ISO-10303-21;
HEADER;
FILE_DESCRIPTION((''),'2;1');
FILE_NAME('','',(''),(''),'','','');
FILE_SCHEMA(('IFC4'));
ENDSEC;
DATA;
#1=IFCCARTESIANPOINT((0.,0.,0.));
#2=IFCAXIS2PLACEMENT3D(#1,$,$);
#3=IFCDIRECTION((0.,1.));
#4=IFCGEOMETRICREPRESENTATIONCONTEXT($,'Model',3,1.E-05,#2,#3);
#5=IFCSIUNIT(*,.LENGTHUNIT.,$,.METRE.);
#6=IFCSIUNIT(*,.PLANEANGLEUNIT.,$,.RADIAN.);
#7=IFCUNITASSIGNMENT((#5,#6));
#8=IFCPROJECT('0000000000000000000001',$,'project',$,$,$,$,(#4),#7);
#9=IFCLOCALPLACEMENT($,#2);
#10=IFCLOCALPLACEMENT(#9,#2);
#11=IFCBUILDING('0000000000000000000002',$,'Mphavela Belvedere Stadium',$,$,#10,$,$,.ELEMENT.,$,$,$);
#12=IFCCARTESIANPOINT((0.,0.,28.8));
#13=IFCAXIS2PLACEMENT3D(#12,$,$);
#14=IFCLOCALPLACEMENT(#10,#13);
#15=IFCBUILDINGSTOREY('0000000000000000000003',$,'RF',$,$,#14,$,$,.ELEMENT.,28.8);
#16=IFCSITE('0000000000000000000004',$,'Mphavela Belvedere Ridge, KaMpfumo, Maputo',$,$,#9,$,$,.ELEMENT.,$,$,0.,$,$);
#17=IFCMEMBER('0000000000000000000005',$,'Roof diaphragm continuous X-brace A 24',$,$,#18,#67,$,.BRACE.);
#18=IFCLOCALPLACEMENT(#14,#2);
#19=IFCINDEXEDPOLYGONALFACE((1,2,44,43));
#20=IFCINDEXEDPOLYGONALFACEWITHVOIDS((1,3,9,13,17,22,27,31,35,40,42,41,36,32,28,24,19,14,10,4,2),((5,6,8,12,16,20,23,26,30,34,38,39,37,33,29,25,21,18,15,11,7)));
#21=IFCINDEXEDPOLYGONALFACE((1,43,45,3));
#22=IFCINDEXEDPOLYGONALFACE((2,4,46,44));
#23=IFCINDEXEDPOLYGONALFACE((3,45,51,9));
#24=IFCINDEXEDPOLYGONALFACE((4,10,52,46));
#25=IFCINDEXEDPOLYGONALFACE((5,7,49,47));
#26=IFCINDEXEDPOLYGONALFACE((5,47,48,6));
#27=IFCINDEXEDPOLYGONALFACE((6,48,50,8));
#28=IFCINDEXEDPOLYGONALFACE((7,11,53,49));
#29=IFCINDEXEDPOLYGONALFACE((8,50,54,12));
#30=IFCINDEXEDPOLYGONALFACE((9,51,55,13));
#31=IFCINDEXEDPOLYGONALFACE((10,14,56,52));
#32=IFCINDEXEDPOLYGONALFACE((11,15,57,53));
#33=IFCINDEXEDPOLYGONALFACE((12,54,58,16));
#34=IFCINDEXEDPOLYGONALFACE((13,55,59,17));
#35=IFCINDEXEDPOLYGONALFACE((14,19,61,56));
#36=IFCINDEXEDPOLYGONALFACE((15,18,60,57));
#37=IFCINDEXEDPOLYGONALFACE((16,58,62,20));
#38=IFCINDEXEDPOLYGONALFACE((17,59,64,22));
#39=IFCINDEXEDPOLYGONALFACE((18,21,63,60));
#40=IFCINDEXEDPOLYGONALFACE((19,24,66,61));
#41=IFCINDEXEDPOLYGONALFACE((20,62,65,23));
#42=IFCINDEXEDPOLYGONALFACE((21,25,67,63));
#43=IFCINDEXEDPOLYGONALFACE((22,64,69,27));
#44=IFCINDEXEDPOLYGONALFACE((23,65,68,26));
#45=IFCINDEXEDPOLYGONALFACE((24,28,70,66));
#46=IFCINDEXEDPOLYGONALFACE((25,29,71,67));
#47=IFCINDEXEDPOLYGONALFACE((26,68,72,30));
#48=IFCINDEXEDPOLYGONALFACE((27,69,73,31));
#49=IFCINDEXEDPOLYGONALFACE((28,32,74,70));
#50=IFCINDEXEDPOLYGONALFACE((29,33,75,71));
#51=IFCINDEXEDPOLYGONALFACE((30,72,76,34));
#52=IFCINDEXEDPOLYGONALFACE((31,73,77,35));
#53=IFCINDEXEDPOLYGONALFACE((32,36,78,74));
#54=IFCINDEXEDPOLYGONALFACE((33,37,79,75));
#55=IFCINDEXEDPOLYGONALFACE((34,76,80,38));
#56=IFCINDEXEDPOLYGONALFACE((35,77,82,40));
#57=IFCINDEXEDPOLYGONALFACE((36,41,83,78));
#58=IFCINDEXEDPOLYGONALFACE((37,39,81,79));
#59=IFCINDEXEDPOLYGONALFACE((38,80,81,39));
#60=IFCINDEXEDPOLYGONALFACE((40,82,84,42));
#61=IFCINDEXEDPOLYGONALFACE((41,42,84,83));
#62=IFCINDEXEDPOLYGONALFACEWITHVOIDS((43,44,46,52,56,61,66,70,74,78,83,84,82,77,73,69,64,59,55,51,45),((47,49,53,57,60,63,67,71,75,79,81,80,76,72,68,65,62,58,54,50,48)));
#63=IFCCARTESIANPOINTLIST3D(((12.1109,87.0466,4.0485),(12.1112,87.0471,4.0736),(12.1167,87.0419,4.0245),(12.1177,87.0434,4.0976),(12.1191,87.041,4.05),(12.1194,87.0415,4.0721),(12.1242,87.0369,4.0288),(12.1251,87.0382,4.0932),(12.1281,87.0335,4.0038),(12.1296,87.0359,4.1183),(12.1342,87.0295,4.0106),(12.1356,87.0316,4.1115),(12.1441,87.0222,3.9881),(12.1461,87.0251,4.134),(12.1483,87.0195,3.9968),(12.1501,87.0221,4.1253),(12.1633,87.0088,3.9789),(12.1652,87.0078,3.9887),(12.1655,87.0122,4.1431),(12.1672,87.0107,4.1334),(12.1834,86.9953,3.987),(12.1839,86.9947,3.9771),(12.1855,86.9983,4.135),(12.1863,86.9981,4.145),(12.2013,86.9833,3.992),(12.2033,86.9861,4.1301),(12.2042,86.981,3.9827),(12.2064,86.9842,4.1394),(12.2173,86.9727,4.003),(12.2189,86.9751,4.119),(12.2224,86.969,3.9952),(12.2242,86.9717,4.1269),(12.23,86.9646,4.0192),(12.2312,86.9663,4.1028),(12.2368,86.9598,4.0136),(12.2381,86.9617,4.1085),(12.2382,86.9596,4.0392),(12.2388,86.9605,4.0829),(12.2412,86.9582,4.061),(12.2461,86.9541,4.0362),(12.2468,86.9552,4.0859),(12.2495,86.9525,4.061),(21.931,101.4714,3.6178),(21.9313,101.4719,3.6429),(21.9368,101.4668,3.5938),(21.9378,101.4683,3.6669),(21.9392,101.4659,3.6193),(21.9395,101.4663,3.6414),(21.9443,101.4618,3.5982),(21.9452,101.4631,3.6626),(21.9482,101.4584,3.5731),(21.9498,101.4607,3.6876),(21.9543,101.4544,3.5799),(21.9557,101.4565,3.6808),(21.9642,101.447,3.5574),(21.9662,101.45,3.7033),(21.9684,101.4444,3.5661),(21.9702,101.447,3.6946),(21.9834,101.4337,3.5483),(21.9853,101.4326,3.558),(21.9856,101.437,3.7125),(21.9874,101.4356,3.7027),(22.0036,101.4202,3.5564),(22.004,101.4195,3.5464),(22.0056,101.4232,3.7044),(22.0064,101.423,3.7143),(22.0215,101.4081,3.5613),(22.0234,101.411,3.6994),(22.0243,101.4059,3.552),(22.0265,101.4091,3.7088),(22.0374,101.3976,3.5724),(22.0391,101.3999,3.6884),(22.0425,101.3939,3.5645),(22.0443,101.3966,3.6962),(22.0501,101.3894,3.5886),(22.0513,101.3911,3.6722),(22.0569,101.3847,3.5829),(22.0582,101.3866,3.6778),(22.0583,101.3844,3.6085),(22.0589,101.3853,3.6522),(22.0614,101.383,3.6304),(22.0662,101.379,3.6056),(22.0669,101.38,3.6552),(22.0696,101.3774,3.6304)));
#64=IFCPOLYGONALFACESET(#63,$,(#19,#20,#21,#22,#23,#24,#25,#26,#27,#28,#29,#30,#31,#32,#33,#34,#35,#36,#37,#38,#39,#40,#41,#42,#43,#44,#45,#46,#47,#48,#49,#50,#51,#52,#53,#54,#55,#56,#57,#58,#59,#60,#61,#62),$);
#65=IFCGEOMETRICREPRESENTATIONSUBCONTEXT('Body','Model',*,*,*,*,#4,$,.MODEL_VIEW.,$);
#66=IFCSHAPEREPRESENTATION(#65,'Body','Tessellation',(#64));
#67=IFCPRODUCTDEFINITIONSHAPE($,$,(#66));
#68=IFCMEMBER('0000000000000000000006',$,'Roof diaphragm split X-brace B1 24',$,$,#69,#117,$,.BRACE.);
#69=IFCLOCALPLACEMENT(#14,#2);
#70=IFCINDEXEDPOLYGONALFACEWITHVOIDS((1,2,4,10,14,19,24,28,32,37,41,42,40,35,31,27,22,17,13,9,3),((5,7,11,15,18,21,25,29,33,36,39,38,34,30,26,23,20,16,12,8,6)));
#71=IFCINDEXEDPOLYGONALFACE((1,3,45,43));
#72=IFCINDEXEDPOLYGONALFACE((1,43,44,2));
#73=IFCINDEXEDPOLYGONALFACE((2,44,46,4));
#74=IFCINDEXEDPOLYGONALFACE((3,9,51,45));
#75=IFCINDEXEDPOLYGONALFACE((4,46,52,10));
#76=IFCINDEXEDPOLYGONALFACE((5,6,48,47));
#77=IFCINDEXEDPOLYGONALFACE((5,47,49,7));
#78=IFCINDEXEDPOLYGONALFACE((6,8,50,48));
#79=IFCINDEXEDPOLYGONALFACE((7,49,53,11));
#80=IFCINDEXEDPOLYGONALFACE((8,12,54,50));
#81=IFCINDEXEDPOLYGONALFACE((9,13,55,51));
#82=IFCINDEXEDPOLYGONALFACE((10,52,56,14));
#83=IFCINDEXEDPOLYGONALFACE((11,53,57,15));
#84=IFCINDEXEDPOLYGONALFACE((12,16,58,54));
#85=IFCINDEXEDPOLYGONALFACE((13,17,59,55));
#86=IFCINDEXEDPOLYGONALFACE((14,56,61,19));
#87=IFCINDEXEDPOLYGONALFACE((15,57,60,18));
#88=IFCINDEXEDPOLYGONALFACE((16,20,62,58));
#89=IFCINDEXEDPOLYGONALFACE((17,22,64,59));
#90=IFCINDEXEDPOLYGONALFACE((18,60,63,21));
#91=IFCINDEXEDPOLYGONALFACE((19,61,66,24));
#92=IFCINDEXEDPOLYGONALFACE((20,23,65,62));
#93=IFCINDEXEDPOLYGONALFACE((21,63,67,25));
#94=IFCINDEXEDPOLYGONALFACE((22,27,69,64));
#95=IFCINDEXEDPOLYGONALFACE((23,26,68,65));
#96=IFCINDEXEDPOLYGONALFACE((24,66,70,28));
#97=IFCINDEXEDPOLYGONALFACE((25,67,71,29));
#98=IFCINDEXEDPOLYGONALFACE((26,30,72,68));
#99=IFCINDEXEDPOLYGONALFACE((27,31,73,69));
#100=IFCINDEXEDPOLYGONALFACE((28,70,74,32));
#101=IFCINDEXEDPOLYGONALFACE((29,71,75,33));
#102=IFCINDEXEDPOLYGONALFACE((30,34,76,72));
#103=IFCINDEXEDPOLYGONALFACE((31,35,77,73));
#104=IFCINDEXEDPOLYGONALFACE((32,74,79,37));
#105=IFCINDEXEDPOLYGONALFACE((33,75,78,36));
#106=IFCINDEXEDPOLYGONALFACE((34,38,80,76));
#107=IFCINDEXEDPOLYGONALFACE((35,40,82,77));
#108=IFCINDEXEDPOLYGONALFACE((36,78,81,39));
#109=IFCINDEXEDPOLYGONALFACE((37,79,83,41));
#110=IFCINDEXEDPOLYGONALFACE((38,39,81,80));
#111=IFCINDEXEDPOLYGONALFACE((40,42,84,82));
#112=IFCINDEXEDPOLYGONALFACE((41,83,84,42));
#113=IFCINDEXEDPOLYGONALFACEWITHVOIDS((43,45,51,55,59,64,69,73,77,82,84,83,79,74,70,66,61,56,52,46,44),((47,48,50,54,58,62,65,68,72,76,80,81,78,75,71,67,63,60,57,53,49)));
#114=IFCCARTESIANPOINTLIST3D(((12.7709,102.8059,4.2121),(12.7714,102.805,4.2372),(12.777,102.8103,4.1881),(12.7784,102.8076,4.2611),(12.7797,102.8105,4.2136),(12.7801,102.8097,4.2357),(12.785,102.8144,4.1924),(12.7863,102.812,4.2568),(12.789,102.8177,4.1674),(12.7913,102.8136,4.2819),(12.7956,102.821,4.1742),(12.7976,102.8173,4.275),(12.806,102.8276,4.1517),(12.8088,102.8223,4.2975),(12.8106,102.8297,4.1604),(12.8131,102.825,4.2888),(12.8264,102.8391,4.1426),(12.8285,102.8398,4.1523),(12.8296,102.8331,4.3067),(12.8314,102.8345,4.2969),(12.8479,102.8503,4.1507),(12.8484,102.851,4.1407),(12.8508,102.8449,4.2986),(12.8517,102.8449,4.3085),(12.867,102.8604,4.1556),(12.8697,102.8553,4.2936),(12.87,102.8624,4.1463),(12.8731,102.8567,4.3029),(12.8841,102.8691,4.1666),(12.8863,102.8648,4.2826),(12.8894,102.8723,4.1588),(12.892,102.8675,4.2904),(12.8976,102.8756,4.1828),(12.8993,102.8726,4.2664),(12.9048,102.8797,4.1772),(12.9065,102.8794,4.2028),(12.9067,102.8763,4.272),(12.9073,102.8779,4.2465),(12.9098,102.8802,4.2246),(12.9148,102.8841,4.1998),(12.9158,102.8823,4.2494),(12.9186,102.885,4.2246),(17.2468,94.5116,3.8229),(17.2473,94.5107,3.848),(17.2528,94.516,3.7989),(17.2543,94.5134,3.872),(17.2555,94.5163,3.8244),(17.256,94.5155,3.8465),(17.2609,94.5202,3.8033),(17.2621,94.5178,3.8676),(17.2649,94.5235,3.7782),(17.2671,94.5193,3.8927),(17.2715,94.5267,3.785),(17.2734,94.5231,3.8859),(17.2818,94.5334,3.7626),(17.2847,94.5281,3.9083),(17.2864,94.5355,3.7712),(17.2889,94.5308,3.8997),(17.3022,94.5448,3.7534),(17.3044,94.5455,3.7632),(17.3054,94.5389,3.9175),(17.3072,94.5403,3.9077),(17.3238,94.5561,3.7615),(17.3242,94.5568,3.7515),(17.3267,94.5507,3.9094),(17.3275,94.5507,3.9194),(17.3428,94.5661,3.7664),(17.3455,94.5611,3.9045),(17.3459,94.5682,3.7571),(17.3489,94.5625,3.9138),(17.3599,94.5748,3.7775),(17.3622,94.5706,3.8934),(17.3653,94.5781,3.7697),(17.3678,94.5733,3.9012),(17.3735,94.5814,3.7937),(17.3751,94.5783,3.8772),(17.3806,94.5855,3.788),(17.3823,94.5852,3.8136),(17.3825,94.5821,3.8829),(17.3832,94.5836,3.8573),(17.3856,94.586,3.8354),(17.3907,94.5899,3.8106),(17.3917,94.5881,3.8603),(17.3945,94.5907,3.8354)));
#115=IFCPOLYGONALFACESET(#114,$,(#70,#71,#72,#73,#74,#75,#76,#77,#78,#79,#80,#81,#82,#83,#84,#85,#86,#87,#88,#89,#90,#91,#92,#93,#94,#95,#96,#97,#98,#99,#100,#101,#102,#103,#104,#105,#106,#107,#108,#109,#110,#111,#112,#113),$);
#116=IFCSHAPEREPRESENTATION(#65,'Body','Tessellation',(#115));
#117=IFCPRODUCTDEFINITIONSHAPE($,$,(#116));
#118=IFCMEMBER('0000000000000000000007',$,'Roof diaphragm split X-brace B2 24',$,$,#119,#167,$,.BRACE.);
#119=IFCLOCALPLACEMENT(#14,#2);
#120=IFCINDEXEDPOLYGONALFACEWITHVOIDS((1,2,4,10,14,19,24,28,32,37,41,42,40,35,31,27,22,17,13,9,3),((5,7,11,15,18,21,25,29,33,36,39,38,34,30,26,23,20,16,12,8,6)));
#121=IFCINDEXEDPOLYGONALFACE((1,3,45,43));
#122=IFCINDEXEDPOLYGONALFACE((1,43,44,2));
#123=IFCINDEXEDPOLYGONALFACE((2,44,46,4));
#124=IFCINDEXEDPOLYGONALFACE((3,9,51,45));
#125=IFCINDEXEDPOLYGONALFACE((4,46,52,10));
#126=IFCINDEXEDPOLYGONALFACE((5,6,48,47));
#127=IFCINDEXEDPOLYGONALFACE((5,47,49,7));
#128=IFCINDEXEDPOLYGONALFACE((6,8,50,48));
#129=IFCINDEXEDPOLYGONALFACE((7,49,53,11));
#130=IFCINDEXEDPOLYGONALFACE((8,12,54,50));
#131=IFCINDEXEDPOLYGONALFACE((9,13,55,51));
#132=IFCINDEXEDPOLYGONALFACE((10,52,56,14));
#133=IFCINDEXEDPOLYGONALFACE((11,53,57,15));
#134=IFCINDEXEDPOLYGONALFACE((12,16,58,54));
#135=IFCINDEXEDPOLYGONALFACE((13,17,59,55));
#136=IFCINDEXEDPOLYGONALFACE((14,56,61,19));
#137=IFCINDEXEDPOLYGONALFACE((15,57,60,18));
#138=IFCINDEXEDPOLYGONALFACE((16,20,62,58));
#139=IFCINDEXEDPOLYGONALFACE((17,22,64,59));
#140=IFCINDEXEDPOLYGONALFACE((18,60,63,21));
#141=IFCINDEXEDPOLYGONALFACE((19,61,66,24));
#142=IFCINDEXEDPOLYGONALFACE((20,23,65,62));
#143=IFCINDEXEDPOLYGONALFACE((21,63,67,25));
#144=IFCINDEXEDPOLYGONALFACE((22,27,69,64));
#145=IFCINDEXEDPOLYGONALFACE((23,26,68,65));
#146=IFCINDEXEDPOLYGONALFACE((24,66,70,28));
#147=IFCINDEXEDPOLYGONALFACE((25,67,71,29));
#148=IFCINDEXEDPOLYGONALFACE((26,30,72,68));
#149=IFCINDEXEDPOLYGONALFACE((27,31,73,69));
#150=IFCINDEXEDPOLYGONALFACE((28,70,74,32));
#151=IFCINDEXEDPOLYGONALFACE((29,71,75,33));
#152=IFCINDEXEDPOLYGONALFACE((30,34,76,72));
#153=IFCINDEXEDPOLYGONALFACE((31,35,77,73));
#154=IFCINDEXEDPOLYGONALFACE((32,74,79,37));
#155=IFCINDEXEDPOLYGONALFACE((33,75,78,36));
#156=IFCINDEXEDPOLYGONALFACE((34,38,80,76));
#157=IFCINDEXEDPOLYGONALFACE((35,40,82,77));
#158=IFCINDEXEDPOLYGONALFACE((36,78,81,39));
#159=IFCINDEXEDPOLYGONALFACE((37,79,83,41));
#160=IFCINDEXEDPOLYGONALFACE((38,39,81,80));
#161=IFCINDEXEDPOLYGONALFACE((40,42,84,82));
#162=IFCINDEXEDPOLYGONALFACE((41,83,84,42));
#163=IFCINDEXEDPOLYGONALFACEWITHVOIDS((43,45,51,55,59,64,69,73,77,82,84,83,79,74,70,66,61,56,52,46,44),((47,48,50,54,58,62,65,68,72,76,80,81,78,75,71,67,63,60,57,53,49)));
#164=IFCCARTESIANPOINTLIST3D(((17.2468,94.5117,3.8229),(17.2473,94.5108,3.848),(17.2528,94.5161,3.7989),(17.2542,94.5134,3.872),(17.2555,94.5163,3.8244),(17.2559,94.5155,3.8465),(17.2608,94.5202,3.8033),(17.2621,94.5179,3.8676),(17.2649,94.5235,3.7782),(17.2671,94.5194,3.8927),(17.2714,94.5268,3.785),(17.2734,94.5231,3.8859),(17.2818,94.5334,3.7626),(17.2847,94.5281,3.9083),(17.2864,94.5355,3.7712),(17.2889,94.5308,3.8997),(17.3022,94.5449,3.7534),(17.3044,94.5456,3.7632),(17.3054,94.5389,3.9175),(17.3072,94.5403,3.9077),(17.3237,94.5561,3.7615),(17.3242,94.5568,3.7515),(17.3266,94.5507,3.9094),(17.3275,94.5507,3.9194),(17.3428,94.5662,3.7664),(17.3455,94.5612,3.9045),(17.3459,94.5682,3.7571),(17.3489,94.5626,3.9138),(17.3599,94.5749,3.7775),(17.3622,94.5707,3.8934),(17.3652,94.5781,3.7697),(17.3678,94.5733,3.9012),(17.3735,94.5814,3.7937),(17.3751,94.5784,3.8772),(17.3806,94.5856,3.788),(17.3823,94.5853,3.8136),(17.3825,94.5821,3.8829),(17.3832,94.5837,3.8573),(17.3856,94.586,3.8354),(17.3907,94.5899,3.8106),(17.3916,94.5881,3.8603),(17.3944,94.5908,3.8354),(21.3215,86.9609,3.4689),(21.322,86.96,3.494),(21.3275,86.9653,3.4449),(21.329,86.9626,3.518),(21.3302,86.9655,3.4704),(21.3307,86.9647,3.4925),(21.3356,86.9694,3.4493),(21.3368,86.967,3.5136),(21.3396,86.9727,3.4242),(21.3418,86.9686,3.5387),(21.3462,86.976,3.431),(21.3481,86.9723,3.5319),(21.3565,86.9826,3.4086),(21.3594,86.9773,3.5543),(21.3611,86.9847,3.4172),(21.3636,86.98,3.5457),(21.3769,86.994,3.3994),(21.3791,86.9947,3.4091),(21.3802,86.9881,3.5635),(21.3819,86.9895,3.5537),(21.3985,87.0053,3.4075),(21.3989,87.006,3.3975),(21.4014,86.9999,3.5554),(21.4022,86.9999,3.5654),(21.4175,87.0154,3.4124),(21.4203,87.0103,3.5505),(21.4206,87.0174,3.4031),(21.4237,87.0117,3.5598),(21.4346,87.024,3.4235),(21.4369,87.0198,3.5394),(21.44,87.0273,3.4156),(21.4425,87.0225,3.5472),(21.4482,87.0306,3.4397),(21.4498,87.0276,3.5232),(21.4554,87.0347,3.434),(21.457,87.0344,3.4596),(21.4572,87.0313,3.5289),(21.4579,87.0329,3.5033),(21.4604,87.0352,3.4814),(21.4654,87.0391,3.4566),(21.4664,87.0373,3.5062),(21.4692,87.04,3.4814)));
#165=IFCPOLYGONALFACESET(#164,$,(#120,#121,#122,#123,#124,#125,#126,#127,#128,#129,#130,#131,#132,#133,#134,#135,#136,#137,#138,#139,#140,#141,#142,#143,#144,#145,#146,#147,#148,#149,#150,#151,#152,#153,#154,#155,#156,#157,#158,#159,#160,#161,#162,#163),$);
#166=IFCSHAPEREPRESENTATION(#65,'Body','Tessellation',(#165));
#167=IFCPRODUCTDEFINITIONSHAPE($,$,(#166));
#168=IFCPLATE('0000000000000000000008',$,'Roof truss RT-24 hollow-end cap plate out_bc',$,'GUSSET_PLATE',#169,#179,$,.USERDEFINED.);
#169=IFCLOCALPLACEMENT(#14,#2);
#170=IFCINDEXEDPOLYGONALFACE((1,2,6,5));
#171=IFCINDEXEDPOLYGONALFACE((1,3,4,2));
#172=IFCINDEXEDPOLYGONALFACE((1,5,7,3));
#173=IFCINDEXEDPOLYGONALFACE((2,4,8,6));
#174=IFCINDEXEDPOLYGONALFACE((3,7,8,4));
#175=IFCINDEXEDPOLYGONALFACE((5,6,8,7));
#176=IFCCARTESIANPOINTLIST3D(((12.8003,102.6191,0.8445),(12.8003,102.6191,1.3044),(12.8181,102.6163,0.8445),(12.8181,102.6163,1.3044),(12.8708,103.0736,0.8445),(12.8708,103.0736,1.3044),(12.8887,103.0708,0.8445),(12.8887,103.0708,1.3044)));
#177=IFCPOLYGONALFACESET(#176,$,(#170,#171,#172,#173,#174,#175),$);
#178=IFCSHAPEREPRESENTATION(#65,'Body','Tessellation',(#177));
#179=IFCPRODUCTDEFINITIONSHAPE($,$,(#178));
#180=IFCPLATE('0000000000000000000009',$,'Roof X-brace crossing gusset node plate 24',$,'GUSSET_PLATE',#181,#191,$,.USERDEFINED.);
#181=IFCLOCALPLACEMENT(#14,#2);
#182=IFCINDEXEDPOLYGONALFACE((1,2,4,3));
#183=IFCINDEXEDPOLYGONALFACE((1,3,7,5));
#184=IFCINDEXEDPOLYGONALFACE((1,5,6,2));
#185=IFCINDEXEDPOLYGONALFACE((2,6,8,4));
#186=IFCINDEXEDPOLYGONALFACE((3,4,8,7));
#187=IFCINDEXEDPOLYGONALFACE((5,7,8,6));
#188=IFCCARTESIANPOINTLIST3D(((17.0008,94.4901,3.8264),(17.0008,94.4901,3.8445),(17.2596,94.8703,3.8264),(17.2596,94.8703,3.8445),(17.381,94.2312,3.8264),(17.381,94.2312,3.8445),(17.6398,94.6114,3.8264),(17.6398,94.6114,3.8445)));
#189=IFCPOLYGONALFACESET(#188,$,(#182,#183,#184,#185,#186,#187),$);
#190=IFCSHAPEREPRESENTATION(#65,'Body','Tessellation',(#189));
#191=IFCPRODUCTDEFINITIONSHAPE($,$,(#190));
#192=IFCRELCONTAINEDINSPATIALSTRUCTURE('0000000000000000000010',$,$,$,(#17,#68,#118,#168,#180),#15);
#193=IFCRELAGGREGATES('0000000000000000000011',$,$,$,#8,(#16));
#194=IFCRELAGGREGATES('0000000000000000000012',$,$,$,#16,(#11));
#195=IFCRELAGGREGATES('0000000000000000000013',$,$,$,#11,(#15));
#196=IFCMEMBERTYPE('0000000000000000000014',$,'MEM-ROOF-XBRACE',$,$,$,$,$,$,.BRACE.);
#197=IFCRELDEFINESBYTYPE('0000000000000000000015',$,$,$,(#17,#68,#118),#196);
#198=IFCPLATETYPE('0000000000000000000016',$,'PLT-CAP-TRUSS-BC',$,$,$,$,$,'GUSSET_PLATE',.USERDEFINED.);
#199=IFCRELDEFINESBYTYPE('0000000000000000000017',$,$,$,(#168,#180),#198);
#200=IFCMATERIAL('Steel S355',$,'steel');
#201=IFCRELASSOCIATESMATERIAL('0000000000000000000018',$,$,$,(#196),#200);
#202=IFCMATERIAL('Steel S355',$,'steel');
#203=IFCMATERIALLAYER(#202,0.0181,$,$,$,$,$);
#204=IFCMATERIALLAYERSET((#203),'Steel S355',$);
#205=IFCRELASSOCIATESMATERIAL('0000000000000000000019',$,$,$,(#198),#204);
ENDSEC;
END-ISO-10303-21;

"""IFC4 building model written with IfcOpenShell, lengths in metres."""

from ifc_helpers import new_model, si_unit, direction, frame, origin, origin_2d, place, context, subcontext, project, spatial, rectangle, hollow_circle, extrude, material, layer, layer_set, material_profile, profile_set, type_object, element, save


model = new_model("IFC4")

# Units and contexts
model_context = context("Model", 3, precision=1e-05, world=origin(), true_north=direction((0.0, 1.0)))
body_context = subcontext(model_context, "Body", "Model", "MODEL_VIEW")
ifc_project = project(units=[si_unit("LENGTHUNIT", "METRE"), si_unit("PLANEANGLEUNIT", "RADIAN")], contexts=[model_context])

# Site, building, storey
site_placement = place(None, origin())
site = spatial("IfcSite", under=ifc_project, at=site_placement, Name="Mphavela Belvedere Ridge, KaMpfumo, Maputo", CompositionType="ELEMENT", RefElevation=0.0)
building_placement = place(site_placement, origin())
building = spatial("IfcBuilding", under=site, at=building_placement, Name="Mphavela Belvedere Stadium", CompositionType="ELEMENT")
storey_placement = place(building_placement, frame((0.0, 0.0, 28.8)))
storey = spatial("IfcBuildingStorey", under=building, at=storey_placement, Name="RF", CompositionType="ELEMENT", Elevation=28.8)

# Members
ifc_material_1 = material(Name="Steel S355", Category="steel")
ifc_material_profile_1 = material_profile(ifc_material_1, hollow_circle(Radius=0.0842, WallThickness=0.01, at=origin_2d()), Name="CHS 168.3x10")
ifc_profile_set_1 = profile_set([ifc_material_profile_1], Name="Steel S355")
member_type_1 = type_object("IfcMemberType", Name="MEM-ROOF-XBRACE", PredefinedType="BRACE", material=ifc_profile_set_1)
member_1_placement = place(storey_placement, frame((22.0, 101.4248, 3.6304), z_axis=(-0.562578, -0.826376, 0.024672), x_axis=(0.826628, -0.562749, 0.0)))
element("IfcMember", 1, at=member_1_placement, inside=storey, type_object=member_type_1, Name="Roof diaphragm continuous X-brace A 24", PredefinedType="BRACE", context=body_context, shape_type="SweptSolid", body=[
    extrude(hollow_circle(Radius=0.0842, WallThickness=0.01, at=origin_2d()), origin(), (0.0, 0.0, 1.0), 17.4556),
])
member_2_placement = place(storey_placement, frame((12.8445, 102.845, 4.2246), z_axis=(0.474495, -0.879291, -0.041256), x_axis=(0.88004, 0.4749, 0.0)))
element("IfcMember", 2, at=member_2_placement, inside=storey, type_object=member_type_1, Name="Roof diaphragm split X-brace B1 24", PredefinedType="BRACE", context=body_context, shape_type="SweptSolid", body=[
    extrude(hollow_circle(Radius=0.0842, WallThickness=0.01, at=origin_2d()), origin(), (0.0, 0.0, 1.0), 9.4329),
])
member_3_placement = place(storey_placement, frame((17.3203, 94.5508, 3.8354), z_axis=(0.4745, -0.87929, -0.041224), x_axis=(0.880038, 0.474904, 0.0)))
element("IfcMember", 3, at=member_3_placement, inside=storey, type_object=member_type_1, Name="Roof diaphragm split X-brace B2 24", PredefinedType="BRACE", context=body_context, shape_type="SweptSolid", body=[
    extrude(hollow_circle(Radius=0.0842, WallThickness=0.01, at=origin_2d()), origin(), (0.0, 0.0, 1.0), 8.5874),
])

# Plates
ifc_material_2 = material(Name="Steel S355", Category="steel")
ifc_layer_1 = layer(ifc_material_2, 0.0181)
ifc_layer_set_1 = layer_set([ifc_layer_1], Name="Steel S355")
plate_type_1 = type_object("IfcPlateType", Name="PLT-CAP-TRUSS-BC", ElementType="GUSSET_PLATE", PredefinedType="USERDEFINED", material=ifc_layer_set_1)
plate_1_placement = place(storey_placement, frame((12.8445, 102.845, 0.8445), z_axis=(0.0, 0.0, 1.0), x_axis=(-0.988175, 0.153331, 0.0)))
element("IfcPlate", 4, at=plate_1_placement, inside=storey, type_object=plate_type_1, Name="Roof truss RT-24 hollow-end cap plate out_bc", ObjectType="GUSSET_PLATE", PredefinedType="USERDEFINED", context=body_context, shape_type="SweptSolid", body=[
    extrude(rectangle(XDim=0.0181, YDim=0.46, at=origin_2d()), origin(), (0.0, 0.0, 1.0), 0.46),
])
plate_2_placement = place(storey_placement, frame((17.3203, 94.5508, 3.8264), z_axis=(0.0, 0.0, 1.0), x_axis=(-0.562805, -0.82659, 0.0)))
element("IfcPlate", 5, at=plate_2_placement, inside=storey, type_object=plate_type_1, Name="Roof X-brace crossing gusset node plate 24", ObjectType="GUSSET_PLATE", PredefinedType="USERDEFINED", context=body_context, shape_type="SweptSolid", body=[
    extrude(rectangle(XDim=0.46, YDim=0.46, at=origin_2d()), origin(), (0.0, 0.0, 1.0), 0.0181),
])

save(model, "model.ifc")
